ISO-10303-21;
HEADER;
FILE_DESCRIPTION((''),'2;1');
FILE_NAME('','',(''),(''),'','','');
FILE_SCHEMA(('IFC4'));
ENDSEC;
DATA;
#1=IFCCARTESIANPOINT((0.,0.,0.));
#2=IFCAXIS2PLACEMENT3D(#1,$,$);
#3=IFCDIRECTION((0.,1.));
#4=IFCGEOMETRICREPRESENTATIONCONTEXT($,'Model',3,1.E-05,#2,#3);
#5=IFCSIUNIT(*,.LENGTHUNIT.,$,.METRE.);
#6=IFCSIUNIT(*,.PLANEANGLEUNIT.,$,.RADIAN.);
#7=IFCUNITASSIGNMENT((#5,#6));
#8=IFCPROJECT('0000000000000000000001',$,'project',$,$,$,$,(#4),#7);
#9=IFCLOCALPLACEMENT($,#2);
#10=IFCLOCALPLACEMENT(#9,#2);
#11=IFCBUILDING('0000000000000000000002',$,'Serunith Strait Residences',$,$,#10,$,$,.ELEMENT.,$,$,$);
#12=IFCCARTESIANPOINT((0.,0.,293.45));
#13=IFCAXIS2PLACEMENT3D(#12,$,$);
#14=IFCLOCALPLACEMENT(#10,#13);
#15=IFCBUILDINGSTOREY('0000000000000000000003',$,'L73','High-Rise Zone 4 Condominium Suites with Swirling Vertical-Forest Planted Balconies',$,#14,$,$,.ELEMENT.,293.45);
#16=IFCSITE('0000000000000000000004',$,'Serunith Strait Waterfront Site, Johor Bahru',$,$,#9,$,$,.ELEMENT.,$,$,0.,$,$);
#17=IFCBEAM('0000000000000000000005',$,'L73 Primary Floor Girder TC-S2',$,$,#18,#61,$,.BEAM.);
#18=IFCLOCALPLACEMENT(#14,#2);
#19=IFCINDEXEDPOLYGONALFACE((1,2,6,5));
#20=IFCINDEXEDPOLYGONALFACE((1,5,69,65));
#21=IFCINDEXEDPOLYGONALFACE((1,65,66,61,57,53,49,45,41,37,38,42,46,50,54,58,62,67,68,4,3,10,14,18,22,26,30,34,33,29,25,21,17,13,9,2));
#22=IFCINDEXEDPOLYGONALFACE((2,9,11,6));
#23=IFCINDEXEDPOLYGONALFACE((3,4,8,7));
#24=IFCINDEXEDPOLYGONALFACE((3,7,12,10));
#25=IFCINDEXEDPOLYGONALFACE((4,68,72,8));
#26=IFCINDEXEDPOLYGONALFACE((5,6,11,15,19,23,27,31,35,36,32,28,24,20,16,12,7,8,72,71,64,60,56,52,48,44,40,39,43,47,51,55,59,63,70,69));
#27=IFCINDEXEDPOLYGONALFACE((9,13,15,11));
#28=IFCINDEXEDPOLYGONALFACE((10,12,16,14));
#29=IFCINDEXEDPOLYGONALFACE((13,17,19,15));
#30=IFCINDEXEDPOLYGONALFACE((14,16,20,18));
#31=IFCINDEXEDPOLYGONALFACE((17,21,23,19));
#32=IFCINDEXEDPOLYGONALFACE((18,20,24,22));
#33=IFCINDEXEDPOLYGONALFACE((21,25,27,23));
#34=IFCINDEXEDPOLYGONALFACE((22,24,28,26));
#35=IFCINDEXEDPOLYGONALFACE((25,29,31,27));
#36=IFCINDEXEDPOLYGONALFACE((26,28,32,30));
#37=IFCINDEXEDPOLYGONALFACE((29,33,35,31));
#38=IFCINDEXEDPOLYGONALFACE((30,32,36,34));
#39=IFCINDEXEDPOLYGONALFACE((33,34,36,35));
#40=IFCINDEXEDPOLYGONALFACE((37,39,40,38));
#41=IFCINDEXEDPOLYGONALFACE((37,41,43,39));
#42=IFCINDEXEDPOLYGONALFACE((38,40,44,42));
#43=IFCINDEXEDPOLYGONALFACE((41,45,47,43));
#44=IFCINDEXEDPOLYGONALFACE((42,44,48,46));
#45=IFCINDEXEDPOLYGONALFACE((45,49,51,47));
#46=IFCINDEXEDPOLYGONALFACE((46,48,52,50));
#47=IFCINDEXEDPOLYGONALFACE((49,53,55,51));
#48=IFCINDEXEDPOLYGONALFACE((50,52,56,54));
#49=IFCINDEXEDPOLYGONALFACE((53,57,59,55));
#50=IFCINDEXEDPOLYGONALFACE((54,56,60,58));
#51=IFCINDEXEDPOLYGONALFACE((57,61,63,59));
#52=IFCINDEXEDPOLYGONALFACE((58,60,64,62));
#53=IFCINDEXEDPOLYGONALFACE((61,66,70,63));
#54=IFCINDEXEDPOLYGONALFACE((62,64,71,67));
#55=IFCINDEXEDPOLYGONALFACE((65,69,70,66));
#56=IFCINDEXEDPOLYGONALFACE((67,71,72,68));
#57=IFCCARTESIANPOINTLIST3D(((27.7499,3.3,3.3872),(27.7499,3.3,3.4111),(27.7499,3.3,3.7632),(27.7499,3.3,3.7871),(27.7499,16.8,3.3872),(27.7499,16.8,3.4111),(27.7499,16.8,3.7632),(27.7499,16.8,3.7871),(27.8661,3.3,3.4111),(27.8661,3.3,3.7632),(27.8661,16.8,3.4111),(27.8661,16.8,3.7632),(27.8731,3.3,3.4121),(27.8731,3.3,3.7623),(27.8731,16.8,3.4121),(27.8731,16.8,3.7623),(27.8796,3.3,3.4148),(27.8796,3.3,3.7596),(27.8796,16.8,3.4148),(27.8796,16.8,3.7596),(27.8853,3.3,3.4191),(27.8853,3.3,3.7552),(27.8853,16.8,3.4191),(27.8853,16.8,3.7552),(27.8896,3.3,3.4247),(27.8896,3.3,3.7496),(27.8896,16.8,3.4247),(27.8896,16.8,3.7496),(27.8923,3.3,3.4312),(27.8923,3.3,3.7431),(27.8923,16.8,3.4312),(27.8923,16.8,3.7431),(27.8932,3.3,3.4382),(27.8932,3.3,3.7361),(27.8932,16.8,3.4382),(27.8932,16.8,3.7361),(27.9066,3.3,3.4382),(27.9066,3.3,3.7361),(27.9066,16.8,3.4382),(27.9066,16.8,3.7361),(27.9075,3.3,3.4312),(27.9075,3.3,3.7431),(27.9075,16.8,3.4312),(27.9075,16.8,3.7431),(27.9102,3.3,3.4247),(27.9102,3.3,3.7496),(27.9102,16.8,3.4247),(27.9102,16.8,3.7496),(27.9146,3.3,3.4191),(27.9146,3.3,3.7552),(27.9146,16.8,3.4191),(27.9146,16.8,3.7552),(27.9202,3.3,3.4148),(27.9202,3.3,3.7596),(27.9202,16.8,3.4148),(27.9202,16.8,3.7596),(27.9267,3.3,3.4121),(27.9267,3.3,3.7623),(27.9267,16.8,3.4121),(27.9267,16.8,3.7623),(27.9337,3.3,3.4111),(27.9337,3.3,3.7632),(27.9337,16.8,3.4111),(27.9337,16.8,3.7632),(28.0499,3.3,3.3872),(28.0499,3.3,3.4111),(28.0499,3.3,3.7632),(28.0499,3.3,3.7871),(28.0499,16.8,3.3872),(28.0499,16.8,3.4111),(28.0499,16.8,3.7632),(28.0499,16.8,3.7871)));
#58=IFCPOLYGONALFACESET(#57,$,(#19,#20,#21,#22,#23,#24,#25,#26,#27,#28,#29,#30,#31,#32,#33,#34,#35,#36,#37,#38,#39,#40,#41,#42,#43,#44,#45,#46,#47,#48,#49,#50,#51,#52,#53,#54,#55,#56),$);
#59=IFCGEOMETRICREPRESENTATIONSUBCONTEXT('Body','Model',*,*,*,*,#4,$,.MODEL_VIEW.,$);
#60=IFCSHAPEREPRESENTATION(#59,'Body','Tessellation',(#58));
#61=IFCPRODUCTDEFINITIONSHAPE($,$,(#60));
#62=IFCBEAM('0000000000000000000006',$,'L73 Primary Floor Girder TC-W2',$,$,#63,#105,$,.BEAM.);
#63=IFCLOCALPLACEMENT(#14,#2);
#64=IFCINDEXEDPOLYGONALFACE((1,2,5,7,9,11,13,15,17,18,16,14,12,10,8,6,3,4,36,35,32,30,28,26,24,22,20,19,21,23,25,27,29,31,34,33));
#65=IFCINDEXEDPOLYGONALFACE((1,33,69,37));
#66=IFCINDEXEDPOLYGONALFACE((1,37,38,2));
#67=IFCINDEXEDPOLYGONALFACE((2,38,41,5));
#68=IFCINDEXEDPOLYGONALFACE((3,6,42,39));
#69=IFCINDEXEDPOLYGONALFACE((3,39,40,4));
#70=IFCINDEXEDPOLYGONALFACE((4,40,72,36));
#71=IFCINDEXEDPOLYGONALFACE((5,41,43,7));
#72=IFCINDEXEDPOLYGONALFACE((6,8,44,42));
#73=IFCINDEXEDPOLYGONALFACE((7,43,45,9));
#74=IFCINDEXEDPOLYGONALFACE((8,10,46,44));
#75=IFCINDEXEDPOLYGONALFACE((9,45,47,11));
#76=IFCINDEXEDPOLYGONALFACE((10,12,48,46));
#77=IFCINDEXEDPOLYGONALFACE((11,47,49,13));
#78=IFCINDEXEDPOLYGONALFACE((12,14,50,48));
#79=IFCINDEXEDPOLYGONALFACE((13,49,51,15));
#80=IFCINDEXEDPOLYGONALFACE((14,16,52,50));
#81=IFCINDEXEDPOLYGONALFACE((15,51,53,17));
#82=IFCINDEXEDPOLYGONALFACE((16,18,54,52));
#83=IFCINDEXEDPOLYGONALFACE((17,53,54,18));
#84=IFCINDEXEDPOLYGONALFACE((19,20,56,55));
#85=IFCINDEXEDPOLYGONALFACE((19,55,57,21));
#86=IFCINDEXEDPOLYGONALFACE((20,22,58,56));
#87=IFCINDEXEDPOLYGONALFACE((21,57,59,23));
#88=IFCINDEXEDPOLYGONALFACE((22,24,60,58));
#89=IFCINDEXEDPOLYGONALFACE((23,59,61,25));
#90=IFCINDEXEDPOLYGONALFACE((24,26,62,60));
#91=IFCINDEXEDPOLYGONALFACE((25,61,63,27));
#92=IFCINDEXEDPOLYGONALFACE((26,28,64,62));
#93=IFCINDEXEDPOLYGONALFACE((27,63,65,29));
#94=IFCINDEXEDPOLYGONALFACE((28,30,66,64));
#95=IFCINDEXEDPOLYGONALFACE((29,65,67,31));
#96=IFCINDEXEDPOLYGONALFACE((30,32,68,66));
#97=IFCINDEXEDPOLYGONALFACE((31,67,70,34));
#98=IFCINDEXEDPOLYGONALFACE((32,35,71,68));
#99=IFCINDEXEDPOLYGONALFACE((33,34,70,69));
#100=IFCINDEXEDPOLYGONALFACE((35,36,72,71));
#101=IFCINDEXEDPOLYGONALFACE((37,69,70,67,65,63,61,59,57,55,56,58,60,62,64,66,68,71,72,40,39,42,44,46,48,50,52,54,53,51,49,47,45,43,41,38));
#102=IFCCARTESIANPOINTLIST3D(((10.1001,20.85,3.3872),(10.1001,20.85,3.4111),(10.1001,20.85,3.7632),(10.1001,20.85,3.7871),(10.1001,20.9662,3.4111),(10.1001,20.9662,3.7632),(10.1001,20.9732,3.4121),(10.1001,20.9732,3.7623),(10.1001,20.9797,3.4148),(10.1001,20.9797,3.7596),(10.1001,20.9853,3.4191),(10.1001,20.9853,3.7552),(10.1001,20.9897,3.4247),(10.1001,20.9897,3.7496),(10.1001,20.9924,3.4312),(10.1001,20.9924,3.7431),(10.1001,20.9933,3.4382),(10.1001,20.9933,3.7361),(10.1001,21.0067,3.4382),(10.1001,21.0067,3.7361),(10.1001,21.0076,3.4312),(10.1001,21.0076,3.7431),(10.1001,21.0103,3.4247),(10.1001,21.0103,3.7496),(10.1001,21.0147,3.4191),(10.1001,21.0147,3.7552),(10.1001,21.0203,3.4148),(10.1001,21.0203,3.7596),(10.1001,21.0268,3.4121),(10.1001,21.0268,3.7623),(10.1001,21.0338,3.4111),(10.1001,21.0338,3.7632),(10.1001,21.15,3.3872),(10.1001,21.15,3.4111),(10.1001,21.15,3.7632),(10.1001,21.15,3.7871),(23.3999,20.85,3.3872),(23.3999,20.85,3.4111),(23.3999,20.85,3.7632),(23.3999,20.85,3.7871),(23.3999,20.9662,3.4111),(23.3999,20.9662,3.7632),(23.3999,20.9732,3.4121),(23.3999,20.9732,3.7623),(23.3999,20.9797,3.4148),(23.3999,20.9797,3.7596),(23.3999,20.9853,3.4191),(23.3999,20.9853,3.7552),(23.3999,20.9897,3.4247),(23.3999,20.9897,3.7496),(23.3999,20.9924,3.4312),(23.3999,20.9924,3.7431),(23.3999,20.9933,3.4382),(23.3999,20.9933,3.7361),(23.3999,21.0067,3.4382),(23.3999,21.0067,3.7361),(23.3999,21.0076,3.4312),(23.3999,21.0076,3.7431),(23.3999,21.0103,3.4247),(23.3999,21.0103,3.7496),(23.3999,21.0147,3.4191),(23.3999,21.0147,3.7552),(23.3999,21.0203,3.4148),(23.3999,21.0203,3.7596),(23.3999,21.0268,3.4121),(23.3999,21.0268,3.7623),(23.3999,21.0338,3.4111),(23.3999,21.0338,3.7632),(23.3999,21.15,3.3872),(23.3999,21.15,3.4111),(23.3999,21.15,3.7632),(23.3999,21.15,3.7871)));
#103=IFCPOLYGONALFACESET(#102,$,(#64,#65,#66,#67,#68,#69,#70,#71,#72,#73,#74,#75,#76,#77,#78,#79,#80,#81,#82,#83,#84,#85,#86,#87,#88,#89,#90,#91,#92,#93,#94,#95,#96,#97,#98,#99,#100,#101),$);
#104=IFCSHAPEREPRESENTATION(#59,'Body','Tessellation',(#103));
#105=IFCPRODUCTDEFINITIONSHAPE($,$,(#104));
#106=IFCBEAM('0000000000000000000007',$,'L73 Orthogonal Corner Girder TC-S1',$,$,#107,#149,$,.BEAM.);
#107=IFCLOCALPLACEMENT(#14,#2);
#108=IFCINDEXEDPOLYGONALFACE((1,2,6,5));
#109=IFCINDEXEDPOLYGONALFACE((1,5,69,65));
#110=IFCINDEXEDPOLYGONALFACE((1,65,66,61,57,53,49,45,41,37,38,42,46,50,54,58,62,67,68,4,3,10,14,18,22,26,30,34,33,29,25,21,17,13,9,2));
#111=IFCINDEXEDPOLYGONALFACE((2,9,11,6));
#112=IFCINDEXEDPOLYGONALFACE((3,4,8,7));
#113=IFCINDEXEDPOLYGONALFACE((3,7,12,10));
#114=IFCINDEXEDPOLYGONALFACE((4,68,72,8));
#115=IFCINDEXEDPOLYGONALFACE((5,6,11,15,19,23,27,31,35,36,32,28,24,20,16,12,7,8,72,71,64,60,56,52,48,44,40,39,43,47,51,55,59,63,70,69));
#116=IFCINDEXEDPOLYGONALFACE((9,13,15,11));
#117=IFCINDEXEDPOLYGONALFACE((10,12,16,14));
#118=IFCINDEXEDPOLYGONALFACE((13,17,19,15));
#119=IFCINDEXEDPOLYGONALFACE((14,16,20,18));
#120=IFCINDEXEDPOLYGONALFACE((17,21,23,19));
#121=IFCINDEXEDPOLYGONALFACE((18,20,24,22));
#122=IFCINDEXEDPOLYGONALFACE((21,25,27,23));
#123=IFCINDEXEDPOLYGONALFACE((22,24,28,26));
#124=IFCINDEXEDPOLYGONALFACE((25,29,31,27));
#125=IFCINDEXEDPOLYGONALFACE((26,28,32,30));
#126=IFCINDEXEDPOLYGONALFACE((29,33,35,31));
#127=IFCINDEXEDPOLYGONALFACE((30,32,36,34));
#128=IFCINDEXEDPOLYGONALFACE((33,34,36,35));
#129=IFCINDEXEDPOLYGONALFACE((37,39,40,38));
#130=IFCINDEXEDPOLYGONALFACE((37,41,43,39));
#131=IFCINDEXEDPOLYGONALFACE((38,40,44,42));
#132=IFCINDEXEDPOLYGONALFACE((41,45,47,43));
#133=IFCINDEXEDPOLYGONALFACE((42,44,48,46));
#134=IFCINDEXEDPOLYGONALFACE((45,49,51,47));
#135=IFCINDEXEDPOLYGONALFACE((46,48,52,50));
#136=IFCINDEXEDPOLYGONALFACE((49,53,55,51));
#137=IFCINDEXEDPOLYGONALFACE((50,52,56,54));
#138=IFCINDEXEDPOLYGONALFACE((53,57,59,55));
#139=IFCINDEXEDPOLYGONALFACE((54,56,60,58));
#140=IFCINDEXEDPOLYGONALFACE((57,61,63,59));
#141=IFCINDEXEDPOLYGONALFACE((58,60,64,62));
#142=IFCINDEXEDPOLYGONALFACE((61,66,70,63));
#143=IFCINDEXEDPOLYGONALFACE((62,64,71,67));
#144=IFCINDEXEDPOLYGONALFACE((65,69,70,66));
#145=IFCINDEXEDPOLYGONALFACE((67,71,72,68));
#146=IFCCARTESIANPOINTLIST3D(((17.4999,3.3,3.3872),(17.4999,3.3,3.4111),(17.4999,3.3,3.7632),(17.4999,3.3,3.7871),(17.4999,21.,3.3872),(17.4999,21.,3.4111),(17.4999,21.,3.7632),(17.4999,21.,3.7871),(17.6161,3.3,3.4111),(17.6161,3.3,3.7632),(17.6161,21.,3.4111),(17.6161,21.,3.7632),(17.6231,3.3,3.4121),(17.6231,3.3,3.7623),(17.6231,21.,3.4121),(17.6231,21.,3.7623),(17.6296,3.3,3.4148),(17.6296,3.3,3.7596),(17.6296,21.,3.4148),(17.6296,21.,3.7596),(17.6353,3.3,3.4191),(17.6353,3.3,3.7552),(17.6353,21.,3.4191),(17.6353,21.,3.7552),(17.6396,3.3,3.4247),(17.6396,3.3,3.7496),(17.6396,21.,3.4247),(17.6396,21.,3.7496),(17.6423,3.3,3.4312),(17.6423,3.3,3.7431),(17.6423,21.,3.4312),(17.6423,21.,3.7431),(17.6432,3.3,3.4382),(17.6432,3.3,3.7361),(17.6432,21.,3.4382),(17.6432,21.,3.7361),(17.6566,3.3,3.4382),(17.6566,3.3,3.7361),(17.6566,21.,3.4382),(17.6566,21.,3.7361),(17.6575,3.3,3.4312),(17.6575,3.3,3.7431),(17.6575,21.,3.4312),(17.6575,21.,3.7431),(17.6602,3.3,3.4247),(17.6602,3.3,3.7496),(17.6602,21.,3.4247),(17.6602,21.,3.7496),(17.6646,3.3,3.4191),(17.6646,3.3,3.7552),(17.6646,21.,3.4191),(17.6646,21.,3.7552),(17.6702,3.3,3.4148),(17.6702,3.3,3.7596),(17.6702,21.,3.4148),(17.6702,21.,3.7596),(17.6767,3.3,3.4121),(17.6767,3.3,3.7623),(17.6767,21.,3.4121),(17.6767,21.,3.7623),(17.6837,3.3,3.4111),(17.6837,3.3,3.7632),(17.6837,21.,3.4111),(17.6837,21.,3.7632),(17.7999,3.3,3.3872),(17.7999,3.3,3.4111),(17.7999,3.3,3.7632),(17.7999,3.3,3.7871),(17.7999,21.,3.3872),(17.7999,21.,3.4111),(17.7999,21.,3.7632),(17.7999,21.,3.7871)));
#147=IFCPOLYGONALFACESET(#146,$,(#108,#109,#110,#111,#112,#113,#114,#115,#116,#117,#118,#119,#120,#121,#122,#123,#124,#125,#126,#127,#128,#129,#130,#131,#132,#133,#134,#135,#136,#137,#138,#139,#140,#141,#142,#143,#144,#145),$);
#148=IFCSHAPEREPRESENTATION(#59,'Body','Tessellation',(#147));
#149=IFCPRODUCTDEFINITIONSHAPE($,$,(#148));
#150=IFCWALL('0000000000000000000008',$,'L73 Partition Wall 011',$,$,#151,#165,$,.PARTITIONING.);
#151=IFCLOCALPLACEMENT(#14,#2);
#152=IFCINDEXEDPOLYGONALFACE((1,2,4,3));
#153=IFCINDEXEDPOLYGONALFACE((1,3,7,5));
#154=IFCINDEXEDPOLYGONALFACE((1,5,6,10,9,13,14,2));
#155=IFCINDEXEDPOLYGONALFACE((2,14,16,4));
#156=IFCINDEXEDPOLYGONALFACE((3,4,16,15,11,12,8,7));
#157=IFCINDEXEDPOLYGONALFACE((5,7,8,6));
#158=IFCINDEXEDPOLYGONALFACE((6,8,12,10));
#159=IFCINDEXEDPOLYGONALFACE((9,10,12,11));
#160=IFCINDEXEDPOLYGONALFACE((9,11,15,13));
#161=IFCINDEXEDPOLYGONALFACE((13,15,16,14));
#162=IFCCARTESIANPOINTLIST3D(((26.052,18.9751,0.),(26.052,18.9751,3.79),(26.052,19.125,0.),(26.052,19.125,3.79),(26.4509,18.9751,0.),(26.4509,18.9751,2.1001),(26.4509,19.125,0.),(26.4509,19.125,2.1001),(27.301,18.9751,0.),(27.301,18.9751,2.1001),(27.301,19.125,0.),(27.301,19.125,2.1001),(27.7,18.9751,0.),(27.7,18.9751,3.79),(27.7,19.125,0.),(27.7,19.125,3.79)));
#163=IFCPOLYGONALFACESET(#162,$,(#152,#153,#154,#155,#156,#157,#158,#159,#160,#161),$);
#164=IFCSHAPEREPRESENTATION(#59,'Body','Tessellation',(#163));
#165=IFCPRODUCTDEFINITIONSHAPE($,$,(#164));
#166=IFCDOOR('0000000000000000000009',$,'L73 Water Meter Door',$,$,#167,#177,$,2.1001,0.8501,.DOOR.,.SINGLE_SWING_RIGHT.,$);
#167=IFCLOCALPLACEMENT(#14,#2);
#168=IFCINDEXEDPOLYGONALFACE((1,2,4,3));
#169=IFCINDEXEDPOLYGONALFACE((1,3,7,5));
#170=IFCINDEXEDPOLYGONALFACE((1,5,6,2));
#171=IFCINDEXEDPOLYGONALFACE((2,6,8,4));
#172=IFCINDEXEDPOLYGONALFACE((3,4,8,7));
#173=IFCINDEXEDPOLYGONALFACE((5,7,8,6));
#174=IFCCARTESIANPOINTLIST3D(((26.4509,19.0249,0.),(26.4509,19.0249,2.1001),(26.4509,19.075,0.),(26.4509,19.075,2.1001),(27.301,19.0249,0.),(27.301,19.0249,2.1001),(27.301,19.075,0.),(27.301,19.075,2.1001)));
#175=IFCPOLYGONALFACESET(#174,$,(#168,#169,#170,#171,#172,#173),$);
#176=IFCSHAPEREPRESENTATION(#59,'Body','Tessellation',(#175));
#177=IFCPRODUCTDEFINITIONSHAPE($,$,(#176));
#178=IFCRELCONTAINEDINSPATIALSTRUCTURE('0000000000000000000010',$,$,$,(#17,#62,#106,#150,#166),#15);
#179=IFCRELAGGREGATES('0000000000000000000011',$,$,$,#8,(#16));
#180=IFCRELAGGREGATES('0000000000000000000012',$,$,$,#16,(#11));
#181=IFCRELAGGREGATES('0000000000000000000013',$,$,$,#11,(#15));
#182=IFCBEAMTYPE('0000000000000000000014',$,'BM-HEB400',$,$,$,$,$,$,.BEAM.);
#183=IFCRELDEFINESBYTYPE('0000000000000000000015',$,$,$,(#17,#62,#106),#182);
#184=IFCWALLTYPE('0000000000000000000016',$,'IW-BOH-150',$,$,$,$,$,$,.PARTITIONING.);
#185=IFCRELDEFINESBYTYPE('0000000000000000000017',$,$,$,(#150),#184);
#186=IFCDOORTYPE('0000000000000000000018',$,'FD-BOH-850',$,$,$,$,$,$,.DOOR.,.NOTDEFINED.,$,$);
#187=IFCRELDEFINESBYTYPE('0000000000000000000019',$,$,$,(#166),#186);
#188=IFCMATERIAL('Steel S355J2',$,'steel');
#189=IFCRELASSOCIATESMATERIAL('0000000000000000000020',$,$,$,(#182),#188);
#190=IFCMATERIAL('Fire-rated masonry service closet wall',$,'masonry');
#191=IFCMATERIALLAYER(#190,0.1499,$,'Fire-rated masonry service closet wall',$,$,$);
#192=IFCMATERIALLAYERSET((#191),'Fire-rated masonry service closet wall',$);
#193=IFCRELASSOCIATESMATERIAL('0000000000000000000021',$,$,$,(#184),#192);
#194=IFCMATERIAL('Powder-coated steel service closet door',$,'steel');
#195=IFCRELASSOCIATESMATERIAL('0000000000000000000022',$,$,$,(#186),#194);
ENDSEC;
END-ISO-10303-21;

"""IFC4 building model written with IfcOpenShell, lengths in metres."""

from ifc_helpers import new_model, si_unit, direction, frame, frame_2d, origin, origin_2d, place, context, subcontext, project, spatial, rectangle, i_section, extrude, source, transform, mapped, material, layer, layer_set, material_profile, profile_set, type_object, element, fill, save


model = new_model("IFC4")

# Units and contexts
model_context = context("Model", 3, precision=1e-05, world=origin(), true_north=direction((0.0, 1.0)))
body_context = subcontext(model_context, "Body", "Model", "MODEL_VIEW")
ifc_project = project(units=[si_unit("LENGTHUNIT", "METRE"), si_unit("PLANEANGLEUNIT", "RADIAN")], contexts=[model_context])

# Site, building, storey
site_placement = place(None, origin())
site = spatial("IfcSite", under=ifc_project, at=site_placement, Name="Serunith Strait Waterfront Site, Johor Bahru", CompositionType="ELEMENT", RefElevation=0.0)
building_placement = place(site_placement, origin())
building = spatial("IfcBuilding", under=site, at=building_placement, Name="Serunith Strait Residences", CompositionType="ELEMENT")
storey_placement = place(building_placement, frame((0.0, 0.0, 293.45)))
storey = spatial("IfcBuildingStorey", under=building, at=storey_placement, Name="L73", Description="High-Rise Zone 4 Condominium Suites with Swirling Vertical-Forest Planted Balconies", CompositionType="ELEMENT", Elevation=293.45)

# Beams
ifc_material_1 = material(Name="Steel S355J2", Category="steel")
ifc_material_profile = material_profile(ifc_material_1, i_section(OverallWidth=0.3, OverallDepth=0.3999, WebThickness=0.0134, FlangeThickness=0.0239, FilletRadius=0.0271, at=origin_2d()), Name="HEB 400")
ifc_profile_set = profile_set([ifc_material_profile], Name="Steel S355J2")
beam_type = type_object("IfcBeamType", Name="BM-HEB400", PredefinedType="BEAM", material=ifc_profile_set)
shared_shape_1 = source(origin(), body_context, "Body", "SweptSolid", [
    extrude(i_section(OverallWidth=0.3, OverallDepth=0.3999, WebThickness=0.0134, FlangeThickness=0.0239, FilletRadius=0.0271, at=origin_2d()), origin(), (0.0, 0.0, 1.0), 13.5),
])
beam_1_placement = place(storey_placement, frame((27.8999, 16.8, 3.5872), z_axis=(0.0, -1.0, 0.0), x_axis=(1.0, 0.0, 0.0)))
element("IfcBeam", 1, at=beam_1_placement, inside=storey, type_object=beam_type, Name="L73 Primary Floor Girder TC-S2", PredefinedType="BEAM", context=body_context, shape_type="MappedRepresentation", body=[
    mapped(shared_shape_1, transform((0.0, 0.0, 0.0), scale=1.0)),
])
shared_shape_2 = source(origin(), body_context, "Body", "SweptSolid", [
    extrude(i_section(OverallWidth=0.3, OverallDepth=0.3999, WebThickness=0.0134, FlangeThickness=0.0239, FilletRadius=0.0271, at=origin_2d()), origin(), (0.0, 0.0, 1.0), 13.2998),
])
beam_2_placement = place(storey_placement, frame((23.3999, 21.0, 3.5872), z_axis=(-1.0, 0.0, 0.0), x_axis=(0.0, -1.0, 0.0)))
element("IfcBeam", 2, at=beam_2_placement, inside=storey, type_object=beam_type, Name="L73 Primary Floor Girder TC-W2", PredefinedType="BEAM", context=body_context, shape_type="MappedRepresentation", body=[
    mapped(shared_shape_2, transform((0.0, 0.0, 0.0), scale=1.0)),
])
shared_shape_3 = source(origin(), body_context, "Body", "SweptSolid", [
    extrude(i_section(OverallWidth=0.3, OverallDepth=0.3999, WebThickness=0.0134, FlangeThickness=0.0239, FilletRadius=0.0271, at=origin_2d()), origin(), (0.0, 0.0, 1.0), 17.7),
])
beam_3_placement = place(storey_placement, frame((17.6499, 21.0, 3.5872), z_axis=(0.0, -1.0, 0.0), x_axis=(1.0, 0.0, 0.0)))
element("IfcBeam", 3, at=beam_3_placement, inside=storey, type_object=beam_type, Name="L73 Orthogonal Corner Girder TC-S1", PredefinedType="BEAM", context=body_context, shape_type="MappedRepresentation", body=[
    mapped(shared_shape_3, transform((0.0, 0.0, 0.0), scale=1.0)),
])

# Wall, opening, door
ifc_material_2 = material(Name="Fire-rated masonry service closet wall", Category="masonry")
ifc_layer_1 = layer(ifc_material_2, 0.1499, Name="Fire-rated masonry service closet wall")
ifc_layer_set_1 = layer_set([ifc_layer_1], Name="Fire-rated masonry service closet wall")
wall_type_1 = type_object("IfcWallType", Name="IW-BOH-150", PredefinedType="PARTITIONING", material=ifc_layer_set_1)
wall_1_placement = place(storey_placement, frame((26.052, 19.05, 0.0), z_axis=(0.0, 0.0, 1.0), x_axis=(1.0, 0.0, 0.0)))
wall_1 = element("IfcWall", 4, at=wall_1_placement, inside=storey, type_object=wall_type_1, Name="L73 Partition Wall 011", PredefinedType="PARTITIONING", context=body_context, shape_type="SweptSolid", body=[
    extrude(rectangle(XDim=1.6479, YDim=0.1499, at=frame_2d((0.824, 0.0))), origin(), (0.0, 0.0, 1.0), 3.79),
])
opening_1_placement = place(wall_1_placement, frame((0.3989, 0.0, 0.0)))
opening_1 = element("IfcOpeningElement", 5, at=opening_1_placement, cuts=wall_1, PredefinedType="OPENING", context=body_context, shape_type="SweptSolid", body=[
    extrude(rectangle(XDim=0.8501, YDim=2.1001, at=frame_2d((0.425, 1.05))), frame((0.0, 0.085, 0.0), z_axis=(0.0, -1.0, 0.0), x_axis=(1.0, 0.0, 0.0)), (0.0, 0.0, 1.0), 0.1699),
])
ifc_material_3 = material(Name="Powder-coated steel service closet door", Category="steel")
door_type_1 = type_object("IfcDoorType", Name="FD-BOH-850", OperationType="NOTDEFINED", PredefinedType="DOOR", material=ifc_material_3)
shared_shape_4 = source(origin(), body_context, "Body", "SweptSolid", [
    extrude(rectangle(XDim=0.8501, YDim=2.1001, at=frame_2d((0.425, 1.05))), frame((0.0, 0.0249, 0.0), z_axis=(0.0, -1.0, 0.0), x_axis=(1.0, 0.0, 0.0)), (0.0, 0.0, 1.0), 0.05),
])
door_1_placement = place(opening_1_placement, origin())
door_1 = element("IfcDoor", 6, at=door_1_placement, inside=storey, type_object=door_type_1, Name="L73 Water Meter Door", OperationType="SINGLE_SWING_RIGHT", OverallHeight=2.1001, OverallWidth=0.8501, PredefinedType="DOOR", context=body_context, shape_type="MappedRepresentation", body=[
    mapped(shared_shape_4, transform((0.0, 0.0, 0.0), scale=1.0)),
])
fill(opening_1, door_1)

save(model, "model.ifc")
